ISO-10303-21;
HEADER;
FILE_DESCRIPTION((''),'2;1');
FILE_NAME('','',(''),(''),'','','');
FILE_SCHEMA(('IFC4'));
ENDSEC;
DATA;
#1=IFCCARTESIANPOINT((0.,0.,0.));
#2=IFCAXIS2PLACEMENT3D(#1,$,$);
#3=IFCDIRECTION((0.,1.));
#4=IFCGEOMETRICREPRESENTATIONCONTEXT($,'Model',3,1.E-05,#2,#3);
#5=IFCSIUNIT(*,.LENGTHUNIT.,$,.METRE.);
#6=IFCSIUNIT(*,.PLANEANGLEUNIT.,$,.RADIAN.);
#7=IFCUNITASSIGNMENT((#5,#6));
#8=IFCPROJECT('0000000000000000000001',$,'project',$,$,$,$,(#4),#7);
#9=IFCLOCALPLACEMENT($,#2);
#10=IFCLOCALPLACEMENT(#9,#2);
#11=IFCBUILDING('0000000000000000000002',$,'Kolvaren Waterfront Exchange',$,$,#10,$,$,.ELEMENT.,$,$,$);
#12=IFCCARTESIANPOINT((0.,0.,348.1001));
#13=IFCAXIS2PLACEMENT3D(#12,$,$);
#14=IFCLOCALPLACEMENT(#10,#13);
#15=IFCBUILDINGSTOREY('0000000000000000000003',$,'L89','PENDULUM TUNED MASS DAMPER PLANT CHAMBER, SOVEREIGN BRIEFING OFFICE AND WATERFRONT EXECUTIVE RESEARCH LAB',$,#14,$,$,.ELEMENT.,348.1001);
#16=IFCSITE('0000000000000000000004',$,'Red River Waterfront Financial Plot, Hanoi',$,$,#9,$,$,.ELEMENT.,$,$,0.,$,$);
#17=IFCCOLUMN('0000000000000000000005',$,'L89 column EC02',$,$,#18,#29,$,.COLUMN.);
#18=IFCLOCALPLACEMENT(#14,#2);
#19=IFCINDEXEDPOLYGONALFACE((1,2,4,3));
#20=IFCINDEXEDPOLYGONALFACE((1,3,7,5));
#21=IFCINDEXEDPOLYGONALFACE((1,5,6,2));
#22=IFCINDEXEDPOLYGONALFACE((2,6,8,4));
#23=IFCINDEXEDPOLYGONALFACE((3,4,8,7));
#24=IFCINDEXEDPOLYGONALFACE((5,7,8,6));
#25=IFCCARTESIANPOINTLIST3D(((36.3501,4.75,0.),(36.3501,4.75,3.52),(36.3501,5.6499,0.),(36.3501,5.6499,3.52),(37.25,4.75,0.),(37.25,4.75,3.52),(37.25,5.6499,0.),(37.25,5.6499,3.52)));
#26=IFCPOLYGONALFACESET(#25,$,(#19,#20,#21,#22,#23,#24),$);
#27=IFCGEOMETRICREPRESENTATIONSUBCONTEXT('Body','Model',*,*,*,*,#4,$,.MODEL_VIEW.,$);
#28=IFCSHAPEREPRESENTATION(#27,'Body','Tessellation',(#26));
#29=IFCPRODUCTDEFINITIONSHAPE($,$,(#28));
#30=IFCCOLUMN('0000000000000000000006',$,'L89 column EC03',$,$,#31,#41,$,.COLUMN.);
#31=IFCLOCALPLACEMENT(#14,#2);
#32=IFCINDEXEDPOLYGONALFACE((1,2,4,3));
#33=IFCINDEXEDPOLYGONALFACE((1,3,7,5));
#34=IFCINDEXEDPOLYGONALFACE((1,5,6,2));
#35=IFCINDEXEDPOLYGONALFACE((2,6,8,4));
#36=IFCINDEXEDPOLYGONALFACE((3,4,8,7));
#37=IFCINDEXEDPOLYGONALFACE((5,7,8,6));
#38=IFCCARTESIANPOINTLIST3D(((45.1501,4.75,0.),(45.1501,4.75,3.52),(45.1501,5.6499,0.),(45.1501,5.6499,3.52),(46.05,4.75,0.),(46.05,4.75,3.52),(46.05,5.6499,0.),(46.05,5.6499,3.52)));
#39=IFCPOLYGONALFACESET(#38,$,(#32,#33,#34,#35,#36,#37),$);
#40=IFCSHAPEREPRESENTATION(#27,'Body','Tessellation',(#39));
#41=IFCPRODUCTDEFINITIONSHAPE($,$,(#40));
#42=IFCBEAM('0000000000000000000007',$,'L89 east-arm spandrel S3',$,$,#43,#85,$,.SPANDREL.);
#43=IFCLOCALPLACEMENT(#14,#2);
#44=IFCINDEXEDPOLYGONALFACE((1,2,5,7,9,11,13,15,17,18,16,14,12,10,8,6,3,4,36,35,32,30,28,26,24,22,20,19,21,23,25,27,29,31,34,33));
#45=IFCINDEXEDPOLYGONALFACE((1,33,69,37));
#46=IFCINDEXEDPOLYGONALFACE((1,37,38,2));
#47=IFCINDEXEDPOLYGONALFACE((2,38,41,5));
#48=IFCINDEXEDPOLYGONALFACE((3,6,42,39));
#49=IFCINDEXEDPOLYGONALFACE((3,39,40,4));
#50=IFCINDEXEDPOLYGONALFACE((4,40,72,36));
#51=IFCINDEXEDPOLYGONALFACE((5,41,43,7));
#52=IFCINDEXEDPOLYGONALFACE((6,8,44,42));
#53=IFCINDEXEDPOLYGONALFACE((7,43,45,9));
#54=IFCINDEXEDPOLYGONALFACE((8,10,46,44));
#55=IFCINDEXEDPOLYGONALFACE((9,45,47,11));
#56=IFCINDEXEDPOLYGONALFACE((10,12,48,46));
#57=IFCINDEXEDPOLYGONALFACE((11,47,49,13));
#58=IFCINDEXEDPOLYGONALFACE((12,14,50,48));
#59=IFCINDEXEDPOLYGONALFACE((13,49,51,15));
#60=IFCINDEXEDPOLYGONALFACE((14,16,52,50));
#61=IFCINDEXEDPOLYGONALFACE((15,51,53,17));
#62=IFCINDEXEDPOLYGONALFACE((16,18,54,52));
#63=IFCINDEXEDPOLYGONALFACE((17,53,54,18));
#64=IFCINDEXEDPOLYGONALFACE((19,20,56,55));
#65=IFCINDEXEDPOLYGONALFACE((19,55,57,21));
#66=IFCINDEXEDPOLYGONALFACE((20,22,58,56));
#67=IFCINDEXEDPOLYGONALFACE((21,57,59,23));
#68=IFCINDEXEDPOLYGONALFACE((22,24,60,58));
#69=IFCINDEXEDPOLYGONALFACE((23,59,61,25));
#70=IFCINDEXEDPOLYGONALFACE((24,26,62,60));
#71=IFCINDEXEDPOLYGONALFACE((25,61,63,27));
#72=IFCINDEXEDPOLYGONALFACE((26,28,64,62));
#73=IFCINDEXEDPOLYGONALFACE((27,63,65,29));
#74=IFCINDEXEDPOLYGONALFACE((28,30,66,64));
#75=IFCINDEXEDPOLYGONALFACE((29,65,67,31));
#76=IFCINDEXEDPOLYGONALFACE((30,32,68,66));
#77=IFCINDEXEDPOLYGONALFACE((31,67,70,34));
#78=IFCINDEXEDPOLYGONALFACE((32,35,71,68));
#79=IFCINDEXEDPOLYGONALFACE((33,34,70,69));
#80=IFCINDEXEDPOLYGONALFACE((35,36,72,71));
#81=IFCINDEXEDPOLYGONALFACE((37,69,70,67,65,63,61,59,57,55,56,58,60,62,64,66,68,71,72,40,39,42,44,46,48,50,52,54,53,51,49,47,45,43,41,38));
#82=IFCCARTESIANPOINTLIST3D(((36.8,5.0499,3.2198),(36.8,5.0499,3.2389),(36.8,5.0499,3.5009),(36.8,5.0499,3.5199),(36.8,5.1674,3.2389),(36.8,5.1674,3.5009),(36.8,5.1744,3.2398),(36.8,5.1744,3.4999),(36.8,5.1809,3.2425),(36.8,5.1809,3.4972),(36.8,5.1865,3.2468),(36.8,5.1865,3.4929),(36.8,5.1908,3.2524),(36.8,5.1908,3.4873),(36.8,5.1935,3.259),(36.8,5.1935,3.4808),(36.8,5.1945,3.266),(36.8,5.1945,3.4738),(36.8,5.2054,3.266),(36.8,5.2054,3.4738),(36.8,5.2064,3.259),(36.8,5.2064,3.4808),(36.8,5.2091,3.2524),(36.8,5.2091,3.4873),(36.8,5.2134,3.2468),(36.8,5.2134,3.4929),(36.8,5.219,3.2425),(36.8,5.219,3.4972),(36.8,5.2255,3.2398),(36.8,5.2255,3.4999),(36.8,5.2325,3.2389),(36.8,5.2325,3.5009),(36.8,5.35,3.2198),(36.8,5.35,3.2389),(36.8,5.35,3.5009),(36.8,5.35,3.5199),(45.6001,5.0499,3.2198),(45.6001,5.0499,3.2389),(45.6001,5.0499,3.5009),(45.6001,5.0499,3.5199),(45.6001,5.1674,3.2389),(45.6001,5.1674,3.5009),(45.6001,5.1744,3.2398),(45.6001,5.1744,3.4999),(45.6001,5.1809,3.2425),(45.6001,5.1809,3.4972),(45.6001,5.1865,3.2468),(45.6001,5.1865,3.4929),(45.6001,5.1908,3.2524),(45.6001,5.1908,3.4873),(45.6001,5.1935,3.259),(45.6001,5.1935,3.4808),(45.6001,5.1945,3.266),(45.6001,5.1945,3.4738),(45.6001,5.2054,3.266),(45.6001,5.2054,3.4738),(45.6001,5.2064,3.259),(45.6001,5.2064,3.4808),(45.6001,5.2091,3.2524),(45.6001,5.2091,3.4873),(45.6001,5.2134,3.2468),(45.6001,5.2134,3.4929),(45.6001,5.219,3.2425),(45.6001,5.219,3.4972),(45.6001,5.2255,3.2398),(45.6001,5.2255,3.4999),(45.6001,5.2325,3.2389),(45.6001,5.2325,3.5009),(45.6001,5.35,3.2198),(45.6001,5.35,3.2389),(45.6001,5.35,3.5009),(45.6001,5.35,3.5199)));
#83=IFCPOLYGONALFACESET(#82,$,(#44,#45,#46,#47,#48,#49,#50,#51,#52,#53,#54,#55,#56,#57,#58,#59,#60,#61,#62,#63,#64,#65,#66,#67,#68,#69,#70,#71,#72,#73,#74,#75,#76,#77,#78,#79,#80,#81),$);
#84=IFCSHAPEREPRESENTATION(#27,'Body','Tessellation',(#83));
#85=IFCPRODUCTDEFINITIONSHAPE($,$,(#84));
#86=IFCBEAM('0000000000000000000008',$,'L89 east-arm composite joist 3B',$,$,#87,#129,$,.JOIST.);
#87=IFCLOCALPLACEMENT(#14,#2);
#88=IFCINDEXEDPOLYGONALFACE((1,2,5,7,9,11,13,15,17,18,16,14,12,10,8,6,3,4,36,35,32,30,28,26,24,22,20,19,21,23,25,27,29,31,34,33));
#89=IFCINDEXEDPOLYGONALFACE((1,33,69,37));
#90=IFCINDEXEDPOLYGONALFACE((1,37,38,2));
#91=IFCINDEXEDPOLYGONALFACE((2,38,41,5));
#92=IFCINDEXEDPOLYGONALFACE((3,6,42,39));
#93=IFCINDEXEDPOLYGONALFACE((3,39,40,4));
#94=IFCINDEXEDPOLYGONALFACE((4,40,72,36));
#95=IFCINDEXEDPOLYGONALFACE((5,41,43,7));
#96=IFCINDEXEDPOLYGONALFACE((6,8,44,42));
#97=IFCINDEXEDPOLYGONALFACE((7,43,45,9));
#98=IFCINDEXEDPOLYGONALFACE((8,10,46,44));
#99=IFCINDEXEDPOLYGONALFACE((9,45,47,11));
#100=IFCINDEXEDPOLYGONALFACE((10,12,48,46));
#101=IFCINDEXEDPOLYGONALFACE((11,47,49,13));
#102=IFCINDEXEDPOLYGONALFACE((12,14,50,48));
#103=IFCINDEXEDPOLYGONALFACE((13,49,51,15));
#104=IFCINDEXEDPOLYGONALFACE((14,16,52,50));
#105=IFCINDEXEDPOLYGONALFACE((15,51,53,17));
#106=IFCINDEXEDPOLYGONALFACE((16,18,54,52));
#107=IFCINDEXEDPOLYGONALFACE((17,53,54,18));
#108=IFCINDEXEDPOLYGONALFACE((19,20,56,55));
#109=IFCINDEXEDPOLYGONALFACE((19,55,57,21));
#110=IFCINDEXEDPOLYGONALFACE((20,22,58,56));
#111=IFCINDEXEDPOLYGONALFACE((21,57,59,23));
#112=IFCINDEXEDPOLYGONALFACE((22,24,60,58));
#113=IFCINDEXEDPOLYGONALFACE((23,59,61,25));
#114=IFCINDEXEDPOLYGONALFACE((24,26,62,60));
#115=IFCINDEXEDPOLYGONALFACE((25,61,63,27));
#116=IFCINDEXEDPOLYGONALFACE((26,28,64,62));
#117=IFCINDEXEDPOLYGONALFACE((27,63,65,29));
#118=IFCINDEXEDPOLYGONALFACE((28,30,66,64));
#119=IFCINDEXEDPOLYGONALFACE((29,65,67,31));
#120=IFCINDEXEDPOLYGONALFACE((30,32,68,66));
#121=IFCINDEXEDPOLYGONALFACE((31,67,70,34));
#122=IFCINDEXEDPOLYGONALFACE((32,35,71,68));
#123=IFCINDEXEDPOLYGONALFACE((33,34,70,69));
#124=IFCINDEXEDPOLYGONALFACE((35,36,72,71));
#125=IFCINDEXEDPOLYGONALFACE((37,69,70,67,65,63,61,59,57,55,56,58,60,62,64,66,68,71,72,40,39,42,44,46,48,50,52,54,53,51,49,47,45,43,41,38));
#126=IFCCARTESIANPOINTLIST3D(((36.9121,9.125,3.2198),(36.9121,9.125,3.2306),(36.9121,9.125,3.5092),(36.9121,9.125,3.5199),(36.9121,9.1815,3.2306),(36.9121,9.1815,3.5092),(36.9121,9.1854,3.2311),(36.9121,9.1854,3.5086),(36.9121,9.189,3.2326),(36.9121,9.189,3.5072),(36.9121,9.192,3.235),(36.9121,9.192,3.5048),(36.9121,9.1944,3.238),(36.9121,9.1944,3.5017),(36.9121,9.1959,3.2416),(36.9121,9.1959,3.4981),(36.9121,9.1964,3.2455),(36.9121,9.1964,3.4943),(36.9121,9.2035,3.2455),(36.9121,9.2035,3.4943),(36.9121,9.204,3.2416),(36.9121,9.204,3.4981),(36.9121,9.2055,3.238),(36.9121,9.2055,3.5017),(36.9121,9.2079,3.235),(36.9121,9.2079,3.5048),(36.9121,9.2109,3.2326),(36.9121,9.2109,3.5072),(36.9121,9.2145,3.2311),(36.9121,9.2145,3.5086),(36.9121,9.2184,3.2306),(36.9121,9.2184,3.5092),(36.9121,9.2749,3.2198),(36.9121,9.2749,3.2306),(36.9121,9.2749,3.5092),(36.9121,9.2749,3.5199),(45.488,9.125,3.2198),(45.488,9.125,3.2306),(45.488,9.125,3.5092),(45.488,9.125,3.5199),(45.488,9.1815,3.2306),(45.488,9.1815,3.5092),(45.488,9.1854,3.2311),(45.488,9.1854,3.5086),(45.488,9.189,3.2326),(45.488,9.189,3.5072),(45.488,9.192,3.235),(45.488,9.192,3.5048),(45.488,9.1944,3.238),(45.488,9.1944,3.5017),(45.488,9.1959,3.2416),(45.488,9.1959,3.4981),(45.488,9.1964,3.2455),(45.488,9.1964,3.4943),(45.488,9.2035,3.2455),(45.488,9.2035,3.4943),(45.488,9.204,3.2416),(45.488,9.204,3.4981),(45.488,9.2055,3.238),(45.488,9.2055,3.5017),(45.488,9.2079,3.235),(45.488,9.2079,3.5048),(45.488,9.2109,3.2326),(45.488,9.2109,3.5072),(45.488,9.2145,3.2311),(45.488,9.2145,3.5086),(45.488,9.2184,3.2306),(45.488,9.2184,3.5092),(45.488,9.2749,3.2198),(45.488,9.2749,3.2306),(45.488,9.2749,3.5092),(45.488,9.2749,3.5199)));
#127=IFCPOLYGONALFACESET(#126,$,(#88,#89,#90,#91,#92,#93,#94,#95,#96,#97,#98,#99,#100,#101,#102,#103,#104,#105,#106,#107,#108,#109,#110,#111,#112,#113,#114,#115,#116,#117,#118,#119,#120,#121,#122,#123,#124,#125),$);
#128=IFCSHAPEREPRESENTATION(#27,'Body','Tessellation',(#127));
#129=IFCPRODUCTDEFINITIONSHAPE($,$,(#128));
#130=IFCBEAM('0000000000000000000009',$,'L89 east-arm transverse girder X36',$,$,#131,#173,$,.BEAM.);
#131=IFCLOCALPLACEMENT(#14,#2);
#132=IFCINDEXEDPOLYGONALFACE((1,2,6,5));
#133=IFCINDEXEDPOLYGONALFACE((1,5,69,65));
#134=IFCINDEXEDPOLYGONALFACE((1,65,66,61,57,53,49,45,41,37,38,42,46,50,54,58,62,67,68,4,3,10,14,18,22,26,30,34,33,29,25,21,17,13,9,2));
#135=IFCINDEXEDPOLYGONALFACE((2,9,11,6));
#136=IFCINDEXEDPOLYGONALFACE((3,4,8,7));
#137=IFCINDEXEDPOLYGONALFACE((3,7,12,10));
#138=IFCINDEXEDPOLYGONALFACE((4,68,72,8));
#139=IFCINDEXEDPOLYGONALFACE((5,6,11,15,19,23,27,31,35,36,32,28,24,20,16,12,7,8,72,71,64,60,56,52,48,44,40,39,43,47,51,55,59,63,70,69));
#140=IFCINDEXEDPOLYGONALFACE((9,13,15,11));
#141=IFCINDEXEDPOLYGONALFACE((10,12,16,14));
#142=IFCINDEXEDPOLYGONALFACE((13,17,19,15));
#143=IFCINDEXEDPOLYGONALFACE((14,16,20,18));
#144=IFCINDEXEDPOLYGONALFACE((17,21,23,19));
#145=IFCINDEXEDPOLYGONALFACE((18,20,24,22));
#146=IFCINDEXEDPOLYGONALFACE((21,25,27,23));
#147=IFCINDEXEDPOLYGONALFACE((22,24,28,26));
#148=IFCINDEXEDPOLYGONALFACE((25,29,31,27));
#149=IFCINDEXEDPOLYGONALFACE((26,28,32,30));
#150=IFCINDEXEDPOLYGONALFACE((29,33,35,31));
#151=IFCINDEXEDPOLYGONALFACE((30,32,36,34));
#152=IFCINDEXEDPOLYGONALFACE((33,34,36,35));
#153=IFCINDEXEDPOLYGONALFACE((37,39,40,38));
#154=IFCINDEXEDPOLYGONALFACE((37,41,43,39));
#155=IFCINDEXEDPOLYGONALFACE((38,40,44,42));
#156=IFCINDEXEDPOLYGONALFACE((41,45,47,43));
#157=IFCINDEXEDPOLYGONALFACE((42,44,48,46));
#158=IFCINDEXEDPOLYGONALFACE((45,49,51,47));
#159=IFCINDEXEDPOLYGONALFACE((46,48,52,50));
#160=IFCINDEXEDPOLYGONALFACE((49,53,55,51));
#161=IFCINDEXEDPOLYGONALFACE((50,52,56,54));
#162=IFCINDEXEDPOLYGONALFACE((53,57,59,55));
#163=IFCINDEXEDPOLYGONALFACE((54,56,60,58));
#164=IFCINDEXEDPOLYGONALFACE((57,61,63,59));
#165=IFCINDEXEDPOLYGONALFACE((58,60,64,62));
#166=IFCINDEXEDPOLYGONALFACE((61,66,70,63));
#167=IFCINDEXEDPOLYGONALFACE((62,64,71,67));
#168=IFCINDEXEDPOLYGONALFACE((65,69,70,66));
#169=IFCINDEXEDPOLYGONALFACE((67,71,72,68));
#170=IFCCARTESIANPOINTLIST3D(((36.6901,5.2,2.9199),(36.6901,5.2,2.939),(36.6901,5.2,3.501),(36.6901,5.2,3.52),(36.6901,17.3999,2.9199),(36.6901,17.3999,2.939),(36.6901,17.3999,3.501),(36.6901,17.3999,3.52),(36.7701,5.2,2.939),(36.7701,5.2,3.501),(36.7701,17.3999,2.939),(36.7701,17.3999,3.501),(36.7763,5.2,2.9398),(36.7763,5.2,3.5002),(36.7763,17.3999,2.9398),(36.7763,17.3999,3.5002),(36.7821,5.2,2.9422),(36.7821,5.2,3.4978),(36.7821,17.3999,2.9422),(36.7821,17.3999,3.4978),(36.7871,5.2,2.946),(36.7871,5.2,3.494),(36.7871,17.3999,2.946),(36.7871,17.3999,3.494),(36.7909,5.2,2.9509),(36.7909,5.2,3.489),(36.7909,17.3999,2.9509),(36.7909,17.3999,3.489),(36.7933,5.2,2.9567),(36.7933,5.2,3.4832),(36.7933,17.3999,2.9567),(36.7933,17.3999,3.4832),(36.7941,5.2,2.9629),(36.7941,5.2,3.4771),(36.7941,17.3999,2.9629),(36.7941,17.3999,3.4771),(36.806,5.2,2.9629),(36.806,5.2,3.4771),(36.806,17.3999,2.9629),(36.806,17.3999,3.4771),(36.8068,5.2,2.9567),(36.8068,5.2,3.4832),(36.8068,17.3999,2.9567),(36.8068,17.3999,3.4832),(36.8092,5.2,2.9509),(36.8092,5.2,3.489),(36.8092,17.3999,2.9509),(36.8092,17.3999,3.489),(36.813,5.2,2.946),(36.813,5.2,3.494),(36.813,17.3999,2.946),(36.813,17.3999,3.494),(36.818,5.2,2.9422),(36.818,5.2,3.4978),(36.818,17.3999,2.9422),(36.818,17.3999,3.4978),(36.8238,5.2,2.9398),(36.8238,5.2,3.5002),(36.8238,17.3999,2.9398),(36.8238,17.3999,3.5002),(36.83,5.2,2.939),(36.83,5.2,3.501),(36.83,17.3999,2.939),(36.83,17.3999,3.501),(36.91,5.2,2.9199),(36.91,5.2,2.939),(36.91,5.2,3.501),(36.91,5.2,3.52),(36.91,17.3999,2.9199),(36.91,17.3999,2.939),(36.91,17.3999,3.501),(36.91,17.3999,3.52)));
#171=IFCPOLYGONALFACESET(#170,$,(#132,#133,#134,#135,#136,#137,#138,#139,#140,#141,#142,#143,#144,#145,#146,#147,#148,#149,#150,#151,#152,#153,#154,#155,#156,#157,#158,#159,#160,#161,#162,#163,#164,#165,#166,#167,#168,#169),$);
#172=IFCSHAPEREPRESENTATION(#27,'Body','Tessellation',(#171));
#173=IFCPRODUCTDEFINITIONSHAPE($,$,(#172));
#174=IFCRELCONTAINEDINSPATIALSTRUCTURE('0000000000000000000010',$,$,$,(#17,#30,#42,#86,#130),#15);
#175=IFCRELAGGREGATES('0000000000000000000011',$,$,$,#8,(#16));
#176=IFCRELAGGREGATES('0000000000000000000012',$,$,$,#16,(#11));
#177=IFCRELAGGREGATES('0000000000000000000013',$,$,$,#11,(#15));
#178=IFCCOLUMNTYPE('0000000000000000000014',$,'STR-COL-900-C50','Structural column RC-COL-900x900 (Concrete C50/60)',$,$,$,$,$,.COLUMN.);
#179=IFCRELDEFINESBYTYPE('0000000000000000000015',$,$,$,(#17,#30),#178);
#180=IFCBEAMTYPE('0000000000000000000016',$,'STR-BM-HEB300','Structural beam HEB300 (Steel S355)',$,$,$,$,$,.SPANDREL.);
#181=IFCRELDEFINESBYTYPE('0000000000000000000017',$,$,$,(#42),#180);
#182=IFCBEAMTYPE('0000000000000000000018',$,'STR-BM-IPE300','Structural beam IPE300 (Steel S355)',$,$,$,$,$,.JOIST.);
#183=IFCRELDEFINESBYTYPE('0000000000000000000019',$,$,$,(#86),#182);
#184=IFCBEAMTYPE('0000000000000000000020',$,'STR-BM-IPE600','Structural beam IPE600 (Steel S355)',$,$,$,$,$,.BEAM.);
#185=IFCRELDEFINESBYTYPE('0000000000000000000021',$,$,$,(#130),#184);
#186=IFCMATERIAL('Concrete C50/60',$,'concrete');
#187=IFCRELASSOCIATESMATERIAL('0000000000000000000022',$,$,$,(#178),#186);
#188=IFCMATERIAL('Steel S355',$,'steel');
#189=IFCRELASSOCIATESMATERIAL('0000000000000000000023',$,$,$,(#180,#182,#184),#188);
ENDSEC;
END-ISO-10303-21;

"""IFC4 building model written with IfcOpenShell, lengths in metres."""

from ifc_helpers import new_model, si_unit, direction, frame, origin, origin_2d, place, context, subcontext, project, spatial, rectangle, i_section, extrude, material, material_profile, profile_set, type_object, element, save


model = new_model("IFC4")

# Units and contexts
model_context = context("Model", 3, precision=1e-05, world=origin(), true_north=direction((0.0, 1.0)))
body_context = subcontext(model_context, "Body", "Model", "MODEL_VIEW")
ifc_project = project(units=[si_unit("LENGTHUNIT", "METRE"), si_unit("PLANEANGLEUNIT", "RADIAN")], contexts=[model_context])

# Site, building, storey
site_placement = place(None, origin())
site = spatial("IfcSite", under=ifc_project, at=site_placement, Name="Red River Waterfront Financial Plot, Hanoi", CompositionType="ELEMENT", RefElevation=0.0)
building_placement = place(site_placement, origin())
building = spatial("IfcBuilding", under=site, at=building_placement, Name="Kolvaren Waterfront Exchange", CompositionType="ELEMENT")
storey_placement = place(building_placement, frame((0.0, 0.0, 348.1001)))
storey = spatial("IfcBuildingStorey", under=building, at=storey_placement, Name="L89", Description="PENDULUM TUNED MASS DAMPER PLANT CHAMBER, SOVEREIGN BRIEFING OFFICE AND WATERFRONT EXECUTIVE RESEARCH LAB", CompositionType="ELEMENT", Elevation=348.1001)

# Columns
ifc_material_1 = material(Name="Concrete C50/60", Category="concrete")
ifc_material_profile_1 = material_profile(ifc_material_1, rectangle(XDim=0.8999, YDim=0.8999, at=origin_2d()), Name="RC-COL-900x900")
ifc_profile_set_1 = profile_set([ifc_material_profile_1], Name="Concrete C50/60")
column_type = type_object("IfcColumnType", Name="STR-COL-900-C50", Description="Structural column RC-COL-900x900 (Concrete C50/60)", PredefinedType="COLUMN", material=ifc_profile_set_1)
for number, where, z_axis, x_axis, name in (
    (1, (36.8, 5.2, 0.0), (0.0, 0.0, 1.0), (1.0, 0.0, 0.0), "L89 column EC02"),
    (2, (45.6001, 5.2, 0.0), (0.0, 0.0, 1.0), (1.0, 0.0, 0.0), "L89 column EC03"),
):
    element("IfcColumn", number, at=place(storey_placement, frame(where, z_axis=z_axis, x_axis=x_axis)), inside=storey, type_object=column_type, Name=name, PredefinedType="COLUMN", context=body_context, shape_type="SweptSolid", body=[
        extrude(rectangle(XDim=0.8999, YDim=0.8999, at=origin_2d()), origin(), (0.0, 0.0, 1.0), 3.52),
    ])

# Beams
ifc_material_2 = material(Name="Steel S355", Category="steel")
ifc_material_profile_2 = material_profile(ifc_material_2, i_section(OverallWidth=0.3, OverallDepth=0.3, WebThickness=0.011, FlangeThickness=0.019, FilletRadius=0.0271, at=origin_2d()), Name="HEB300")
ifc_profile_set_2 = profile_set([ifc_material_profile_2], Name="Steel S355")
beam_type_1 = type_object("IfcBeamType", Name="STR-BM-HEB300", Description="Structural beam HEB300 (Steel S355)", PredefinedType="SPANDREL", material=ifc_profile_set_2)
beam_1_placement = place(storey_placement, frame((36.8, 5.2, 3.3699), z_axis=(1.0, 0.0, 0.0), x_axis=(0.0, 1.0, 0.0)))
element("IfcBeam", 3, at=beam_1_placement, inside=storey, type_object=beam_type_1, Name="L89 east-arm spandrel S3", PredefinedType="SPANDREL", context=body_context, shape_type="SweptSolid", body=[
    extrude(i_section(OverallWidth=0.3, OverallDepth=0.3, WebThickness=0.011, FlangeThickness=0.019, FilletRadius=0.0271, at=origin_2d()), origin(), (0.0, 0.0, 1.0), 8.8),
])
ifc_material_profile_3 = material_profile(ifc_material_2, i_section(OverallWidth=0.1499, OverallDepth=0.3, WebThickness=0.0071, FlangeThickness=0.0107, FilletRadius=0.0149, at=origin_2d()), Name="IPE300")
ifc_profile_set_3 = profile_set([ifc_material_profile_3], Name="Steel S355")
beam_type_2 = type_object("IfcBeamType", Name="STR-BM-IPE300", Description="Structural beam IPE300 (Steel S355)", PredefinedType="JOIST", material=ifc_profile_set_3)
beam_2_placement = place(storey_placement, frame((36.9121, 9.2, 3.3699), z_axis=(1.0, 0.0, 0.0), x_axis=(0.0, 1.0, 0.0)))
element("IfcBeam", 4, at=beam_2_placement, inside=storey, type_object=beam_type_2, Name="L89 east-arm composite joist 3B", PredefinedType="JOIST", context=body_context, shape_type="SweptSolid", body=[
    extrude(i_section(OverallWidth=0.1499, OverallDepth=0.3, WebThickness=0.0071, FlangeThickness=0.0107, FilletRadius=0.0149, at=origin_2d()), origin(), (0.0, 0.0, 1.0), 8.5759),
])
ifc_material_profile_4 = material_profile(ifc_material_2, i_section(OverallWidth=0.22, OverallDepth=0.6001, WebThickness=0.012, FlangeThickness=0.019, FilletRadius=0.0239, at=origin_2d()), Name="IPE600")
ifc_profile_set_4 = profile_set([ifc_material_profile_4], Name="Steel S355")
beam_type_3 = type_object("IfcBeamType", Name="STR-BM-IPE600", Description="Structural beam IPE600 (Steel S355)", PredefinedType="BEAM", material=ifc_profile_set_4)
for number, where, z_axis, x_axis, name in (
    (5, (36.8, 5.2, 3.22), (0.0, 1.0, 0.0), (-1.0, 0.0, 0.0), "L89 east-arm transverse girder X36"),
):
    element("IfcBeam", number, at=place(storey_placement, frame(where, z_axis=z_axis, x_axis=x_axis)), inside=storey, type_object=beam_type_3, Name=name, PredefinedType="BEAM", context=body_context, shape_type="SweptSolid", body=[
        extrude(i_section(OverallWidth=0.22, OverallDepth=0.6001, WebThickness=0.012, FlangeThickness=0.019, FilletRadius=0.0239, at=origin_2d()), origin(), (0.0, 0.0, 1.0), 12.2),
    ])

save(model, "model.ifc")
